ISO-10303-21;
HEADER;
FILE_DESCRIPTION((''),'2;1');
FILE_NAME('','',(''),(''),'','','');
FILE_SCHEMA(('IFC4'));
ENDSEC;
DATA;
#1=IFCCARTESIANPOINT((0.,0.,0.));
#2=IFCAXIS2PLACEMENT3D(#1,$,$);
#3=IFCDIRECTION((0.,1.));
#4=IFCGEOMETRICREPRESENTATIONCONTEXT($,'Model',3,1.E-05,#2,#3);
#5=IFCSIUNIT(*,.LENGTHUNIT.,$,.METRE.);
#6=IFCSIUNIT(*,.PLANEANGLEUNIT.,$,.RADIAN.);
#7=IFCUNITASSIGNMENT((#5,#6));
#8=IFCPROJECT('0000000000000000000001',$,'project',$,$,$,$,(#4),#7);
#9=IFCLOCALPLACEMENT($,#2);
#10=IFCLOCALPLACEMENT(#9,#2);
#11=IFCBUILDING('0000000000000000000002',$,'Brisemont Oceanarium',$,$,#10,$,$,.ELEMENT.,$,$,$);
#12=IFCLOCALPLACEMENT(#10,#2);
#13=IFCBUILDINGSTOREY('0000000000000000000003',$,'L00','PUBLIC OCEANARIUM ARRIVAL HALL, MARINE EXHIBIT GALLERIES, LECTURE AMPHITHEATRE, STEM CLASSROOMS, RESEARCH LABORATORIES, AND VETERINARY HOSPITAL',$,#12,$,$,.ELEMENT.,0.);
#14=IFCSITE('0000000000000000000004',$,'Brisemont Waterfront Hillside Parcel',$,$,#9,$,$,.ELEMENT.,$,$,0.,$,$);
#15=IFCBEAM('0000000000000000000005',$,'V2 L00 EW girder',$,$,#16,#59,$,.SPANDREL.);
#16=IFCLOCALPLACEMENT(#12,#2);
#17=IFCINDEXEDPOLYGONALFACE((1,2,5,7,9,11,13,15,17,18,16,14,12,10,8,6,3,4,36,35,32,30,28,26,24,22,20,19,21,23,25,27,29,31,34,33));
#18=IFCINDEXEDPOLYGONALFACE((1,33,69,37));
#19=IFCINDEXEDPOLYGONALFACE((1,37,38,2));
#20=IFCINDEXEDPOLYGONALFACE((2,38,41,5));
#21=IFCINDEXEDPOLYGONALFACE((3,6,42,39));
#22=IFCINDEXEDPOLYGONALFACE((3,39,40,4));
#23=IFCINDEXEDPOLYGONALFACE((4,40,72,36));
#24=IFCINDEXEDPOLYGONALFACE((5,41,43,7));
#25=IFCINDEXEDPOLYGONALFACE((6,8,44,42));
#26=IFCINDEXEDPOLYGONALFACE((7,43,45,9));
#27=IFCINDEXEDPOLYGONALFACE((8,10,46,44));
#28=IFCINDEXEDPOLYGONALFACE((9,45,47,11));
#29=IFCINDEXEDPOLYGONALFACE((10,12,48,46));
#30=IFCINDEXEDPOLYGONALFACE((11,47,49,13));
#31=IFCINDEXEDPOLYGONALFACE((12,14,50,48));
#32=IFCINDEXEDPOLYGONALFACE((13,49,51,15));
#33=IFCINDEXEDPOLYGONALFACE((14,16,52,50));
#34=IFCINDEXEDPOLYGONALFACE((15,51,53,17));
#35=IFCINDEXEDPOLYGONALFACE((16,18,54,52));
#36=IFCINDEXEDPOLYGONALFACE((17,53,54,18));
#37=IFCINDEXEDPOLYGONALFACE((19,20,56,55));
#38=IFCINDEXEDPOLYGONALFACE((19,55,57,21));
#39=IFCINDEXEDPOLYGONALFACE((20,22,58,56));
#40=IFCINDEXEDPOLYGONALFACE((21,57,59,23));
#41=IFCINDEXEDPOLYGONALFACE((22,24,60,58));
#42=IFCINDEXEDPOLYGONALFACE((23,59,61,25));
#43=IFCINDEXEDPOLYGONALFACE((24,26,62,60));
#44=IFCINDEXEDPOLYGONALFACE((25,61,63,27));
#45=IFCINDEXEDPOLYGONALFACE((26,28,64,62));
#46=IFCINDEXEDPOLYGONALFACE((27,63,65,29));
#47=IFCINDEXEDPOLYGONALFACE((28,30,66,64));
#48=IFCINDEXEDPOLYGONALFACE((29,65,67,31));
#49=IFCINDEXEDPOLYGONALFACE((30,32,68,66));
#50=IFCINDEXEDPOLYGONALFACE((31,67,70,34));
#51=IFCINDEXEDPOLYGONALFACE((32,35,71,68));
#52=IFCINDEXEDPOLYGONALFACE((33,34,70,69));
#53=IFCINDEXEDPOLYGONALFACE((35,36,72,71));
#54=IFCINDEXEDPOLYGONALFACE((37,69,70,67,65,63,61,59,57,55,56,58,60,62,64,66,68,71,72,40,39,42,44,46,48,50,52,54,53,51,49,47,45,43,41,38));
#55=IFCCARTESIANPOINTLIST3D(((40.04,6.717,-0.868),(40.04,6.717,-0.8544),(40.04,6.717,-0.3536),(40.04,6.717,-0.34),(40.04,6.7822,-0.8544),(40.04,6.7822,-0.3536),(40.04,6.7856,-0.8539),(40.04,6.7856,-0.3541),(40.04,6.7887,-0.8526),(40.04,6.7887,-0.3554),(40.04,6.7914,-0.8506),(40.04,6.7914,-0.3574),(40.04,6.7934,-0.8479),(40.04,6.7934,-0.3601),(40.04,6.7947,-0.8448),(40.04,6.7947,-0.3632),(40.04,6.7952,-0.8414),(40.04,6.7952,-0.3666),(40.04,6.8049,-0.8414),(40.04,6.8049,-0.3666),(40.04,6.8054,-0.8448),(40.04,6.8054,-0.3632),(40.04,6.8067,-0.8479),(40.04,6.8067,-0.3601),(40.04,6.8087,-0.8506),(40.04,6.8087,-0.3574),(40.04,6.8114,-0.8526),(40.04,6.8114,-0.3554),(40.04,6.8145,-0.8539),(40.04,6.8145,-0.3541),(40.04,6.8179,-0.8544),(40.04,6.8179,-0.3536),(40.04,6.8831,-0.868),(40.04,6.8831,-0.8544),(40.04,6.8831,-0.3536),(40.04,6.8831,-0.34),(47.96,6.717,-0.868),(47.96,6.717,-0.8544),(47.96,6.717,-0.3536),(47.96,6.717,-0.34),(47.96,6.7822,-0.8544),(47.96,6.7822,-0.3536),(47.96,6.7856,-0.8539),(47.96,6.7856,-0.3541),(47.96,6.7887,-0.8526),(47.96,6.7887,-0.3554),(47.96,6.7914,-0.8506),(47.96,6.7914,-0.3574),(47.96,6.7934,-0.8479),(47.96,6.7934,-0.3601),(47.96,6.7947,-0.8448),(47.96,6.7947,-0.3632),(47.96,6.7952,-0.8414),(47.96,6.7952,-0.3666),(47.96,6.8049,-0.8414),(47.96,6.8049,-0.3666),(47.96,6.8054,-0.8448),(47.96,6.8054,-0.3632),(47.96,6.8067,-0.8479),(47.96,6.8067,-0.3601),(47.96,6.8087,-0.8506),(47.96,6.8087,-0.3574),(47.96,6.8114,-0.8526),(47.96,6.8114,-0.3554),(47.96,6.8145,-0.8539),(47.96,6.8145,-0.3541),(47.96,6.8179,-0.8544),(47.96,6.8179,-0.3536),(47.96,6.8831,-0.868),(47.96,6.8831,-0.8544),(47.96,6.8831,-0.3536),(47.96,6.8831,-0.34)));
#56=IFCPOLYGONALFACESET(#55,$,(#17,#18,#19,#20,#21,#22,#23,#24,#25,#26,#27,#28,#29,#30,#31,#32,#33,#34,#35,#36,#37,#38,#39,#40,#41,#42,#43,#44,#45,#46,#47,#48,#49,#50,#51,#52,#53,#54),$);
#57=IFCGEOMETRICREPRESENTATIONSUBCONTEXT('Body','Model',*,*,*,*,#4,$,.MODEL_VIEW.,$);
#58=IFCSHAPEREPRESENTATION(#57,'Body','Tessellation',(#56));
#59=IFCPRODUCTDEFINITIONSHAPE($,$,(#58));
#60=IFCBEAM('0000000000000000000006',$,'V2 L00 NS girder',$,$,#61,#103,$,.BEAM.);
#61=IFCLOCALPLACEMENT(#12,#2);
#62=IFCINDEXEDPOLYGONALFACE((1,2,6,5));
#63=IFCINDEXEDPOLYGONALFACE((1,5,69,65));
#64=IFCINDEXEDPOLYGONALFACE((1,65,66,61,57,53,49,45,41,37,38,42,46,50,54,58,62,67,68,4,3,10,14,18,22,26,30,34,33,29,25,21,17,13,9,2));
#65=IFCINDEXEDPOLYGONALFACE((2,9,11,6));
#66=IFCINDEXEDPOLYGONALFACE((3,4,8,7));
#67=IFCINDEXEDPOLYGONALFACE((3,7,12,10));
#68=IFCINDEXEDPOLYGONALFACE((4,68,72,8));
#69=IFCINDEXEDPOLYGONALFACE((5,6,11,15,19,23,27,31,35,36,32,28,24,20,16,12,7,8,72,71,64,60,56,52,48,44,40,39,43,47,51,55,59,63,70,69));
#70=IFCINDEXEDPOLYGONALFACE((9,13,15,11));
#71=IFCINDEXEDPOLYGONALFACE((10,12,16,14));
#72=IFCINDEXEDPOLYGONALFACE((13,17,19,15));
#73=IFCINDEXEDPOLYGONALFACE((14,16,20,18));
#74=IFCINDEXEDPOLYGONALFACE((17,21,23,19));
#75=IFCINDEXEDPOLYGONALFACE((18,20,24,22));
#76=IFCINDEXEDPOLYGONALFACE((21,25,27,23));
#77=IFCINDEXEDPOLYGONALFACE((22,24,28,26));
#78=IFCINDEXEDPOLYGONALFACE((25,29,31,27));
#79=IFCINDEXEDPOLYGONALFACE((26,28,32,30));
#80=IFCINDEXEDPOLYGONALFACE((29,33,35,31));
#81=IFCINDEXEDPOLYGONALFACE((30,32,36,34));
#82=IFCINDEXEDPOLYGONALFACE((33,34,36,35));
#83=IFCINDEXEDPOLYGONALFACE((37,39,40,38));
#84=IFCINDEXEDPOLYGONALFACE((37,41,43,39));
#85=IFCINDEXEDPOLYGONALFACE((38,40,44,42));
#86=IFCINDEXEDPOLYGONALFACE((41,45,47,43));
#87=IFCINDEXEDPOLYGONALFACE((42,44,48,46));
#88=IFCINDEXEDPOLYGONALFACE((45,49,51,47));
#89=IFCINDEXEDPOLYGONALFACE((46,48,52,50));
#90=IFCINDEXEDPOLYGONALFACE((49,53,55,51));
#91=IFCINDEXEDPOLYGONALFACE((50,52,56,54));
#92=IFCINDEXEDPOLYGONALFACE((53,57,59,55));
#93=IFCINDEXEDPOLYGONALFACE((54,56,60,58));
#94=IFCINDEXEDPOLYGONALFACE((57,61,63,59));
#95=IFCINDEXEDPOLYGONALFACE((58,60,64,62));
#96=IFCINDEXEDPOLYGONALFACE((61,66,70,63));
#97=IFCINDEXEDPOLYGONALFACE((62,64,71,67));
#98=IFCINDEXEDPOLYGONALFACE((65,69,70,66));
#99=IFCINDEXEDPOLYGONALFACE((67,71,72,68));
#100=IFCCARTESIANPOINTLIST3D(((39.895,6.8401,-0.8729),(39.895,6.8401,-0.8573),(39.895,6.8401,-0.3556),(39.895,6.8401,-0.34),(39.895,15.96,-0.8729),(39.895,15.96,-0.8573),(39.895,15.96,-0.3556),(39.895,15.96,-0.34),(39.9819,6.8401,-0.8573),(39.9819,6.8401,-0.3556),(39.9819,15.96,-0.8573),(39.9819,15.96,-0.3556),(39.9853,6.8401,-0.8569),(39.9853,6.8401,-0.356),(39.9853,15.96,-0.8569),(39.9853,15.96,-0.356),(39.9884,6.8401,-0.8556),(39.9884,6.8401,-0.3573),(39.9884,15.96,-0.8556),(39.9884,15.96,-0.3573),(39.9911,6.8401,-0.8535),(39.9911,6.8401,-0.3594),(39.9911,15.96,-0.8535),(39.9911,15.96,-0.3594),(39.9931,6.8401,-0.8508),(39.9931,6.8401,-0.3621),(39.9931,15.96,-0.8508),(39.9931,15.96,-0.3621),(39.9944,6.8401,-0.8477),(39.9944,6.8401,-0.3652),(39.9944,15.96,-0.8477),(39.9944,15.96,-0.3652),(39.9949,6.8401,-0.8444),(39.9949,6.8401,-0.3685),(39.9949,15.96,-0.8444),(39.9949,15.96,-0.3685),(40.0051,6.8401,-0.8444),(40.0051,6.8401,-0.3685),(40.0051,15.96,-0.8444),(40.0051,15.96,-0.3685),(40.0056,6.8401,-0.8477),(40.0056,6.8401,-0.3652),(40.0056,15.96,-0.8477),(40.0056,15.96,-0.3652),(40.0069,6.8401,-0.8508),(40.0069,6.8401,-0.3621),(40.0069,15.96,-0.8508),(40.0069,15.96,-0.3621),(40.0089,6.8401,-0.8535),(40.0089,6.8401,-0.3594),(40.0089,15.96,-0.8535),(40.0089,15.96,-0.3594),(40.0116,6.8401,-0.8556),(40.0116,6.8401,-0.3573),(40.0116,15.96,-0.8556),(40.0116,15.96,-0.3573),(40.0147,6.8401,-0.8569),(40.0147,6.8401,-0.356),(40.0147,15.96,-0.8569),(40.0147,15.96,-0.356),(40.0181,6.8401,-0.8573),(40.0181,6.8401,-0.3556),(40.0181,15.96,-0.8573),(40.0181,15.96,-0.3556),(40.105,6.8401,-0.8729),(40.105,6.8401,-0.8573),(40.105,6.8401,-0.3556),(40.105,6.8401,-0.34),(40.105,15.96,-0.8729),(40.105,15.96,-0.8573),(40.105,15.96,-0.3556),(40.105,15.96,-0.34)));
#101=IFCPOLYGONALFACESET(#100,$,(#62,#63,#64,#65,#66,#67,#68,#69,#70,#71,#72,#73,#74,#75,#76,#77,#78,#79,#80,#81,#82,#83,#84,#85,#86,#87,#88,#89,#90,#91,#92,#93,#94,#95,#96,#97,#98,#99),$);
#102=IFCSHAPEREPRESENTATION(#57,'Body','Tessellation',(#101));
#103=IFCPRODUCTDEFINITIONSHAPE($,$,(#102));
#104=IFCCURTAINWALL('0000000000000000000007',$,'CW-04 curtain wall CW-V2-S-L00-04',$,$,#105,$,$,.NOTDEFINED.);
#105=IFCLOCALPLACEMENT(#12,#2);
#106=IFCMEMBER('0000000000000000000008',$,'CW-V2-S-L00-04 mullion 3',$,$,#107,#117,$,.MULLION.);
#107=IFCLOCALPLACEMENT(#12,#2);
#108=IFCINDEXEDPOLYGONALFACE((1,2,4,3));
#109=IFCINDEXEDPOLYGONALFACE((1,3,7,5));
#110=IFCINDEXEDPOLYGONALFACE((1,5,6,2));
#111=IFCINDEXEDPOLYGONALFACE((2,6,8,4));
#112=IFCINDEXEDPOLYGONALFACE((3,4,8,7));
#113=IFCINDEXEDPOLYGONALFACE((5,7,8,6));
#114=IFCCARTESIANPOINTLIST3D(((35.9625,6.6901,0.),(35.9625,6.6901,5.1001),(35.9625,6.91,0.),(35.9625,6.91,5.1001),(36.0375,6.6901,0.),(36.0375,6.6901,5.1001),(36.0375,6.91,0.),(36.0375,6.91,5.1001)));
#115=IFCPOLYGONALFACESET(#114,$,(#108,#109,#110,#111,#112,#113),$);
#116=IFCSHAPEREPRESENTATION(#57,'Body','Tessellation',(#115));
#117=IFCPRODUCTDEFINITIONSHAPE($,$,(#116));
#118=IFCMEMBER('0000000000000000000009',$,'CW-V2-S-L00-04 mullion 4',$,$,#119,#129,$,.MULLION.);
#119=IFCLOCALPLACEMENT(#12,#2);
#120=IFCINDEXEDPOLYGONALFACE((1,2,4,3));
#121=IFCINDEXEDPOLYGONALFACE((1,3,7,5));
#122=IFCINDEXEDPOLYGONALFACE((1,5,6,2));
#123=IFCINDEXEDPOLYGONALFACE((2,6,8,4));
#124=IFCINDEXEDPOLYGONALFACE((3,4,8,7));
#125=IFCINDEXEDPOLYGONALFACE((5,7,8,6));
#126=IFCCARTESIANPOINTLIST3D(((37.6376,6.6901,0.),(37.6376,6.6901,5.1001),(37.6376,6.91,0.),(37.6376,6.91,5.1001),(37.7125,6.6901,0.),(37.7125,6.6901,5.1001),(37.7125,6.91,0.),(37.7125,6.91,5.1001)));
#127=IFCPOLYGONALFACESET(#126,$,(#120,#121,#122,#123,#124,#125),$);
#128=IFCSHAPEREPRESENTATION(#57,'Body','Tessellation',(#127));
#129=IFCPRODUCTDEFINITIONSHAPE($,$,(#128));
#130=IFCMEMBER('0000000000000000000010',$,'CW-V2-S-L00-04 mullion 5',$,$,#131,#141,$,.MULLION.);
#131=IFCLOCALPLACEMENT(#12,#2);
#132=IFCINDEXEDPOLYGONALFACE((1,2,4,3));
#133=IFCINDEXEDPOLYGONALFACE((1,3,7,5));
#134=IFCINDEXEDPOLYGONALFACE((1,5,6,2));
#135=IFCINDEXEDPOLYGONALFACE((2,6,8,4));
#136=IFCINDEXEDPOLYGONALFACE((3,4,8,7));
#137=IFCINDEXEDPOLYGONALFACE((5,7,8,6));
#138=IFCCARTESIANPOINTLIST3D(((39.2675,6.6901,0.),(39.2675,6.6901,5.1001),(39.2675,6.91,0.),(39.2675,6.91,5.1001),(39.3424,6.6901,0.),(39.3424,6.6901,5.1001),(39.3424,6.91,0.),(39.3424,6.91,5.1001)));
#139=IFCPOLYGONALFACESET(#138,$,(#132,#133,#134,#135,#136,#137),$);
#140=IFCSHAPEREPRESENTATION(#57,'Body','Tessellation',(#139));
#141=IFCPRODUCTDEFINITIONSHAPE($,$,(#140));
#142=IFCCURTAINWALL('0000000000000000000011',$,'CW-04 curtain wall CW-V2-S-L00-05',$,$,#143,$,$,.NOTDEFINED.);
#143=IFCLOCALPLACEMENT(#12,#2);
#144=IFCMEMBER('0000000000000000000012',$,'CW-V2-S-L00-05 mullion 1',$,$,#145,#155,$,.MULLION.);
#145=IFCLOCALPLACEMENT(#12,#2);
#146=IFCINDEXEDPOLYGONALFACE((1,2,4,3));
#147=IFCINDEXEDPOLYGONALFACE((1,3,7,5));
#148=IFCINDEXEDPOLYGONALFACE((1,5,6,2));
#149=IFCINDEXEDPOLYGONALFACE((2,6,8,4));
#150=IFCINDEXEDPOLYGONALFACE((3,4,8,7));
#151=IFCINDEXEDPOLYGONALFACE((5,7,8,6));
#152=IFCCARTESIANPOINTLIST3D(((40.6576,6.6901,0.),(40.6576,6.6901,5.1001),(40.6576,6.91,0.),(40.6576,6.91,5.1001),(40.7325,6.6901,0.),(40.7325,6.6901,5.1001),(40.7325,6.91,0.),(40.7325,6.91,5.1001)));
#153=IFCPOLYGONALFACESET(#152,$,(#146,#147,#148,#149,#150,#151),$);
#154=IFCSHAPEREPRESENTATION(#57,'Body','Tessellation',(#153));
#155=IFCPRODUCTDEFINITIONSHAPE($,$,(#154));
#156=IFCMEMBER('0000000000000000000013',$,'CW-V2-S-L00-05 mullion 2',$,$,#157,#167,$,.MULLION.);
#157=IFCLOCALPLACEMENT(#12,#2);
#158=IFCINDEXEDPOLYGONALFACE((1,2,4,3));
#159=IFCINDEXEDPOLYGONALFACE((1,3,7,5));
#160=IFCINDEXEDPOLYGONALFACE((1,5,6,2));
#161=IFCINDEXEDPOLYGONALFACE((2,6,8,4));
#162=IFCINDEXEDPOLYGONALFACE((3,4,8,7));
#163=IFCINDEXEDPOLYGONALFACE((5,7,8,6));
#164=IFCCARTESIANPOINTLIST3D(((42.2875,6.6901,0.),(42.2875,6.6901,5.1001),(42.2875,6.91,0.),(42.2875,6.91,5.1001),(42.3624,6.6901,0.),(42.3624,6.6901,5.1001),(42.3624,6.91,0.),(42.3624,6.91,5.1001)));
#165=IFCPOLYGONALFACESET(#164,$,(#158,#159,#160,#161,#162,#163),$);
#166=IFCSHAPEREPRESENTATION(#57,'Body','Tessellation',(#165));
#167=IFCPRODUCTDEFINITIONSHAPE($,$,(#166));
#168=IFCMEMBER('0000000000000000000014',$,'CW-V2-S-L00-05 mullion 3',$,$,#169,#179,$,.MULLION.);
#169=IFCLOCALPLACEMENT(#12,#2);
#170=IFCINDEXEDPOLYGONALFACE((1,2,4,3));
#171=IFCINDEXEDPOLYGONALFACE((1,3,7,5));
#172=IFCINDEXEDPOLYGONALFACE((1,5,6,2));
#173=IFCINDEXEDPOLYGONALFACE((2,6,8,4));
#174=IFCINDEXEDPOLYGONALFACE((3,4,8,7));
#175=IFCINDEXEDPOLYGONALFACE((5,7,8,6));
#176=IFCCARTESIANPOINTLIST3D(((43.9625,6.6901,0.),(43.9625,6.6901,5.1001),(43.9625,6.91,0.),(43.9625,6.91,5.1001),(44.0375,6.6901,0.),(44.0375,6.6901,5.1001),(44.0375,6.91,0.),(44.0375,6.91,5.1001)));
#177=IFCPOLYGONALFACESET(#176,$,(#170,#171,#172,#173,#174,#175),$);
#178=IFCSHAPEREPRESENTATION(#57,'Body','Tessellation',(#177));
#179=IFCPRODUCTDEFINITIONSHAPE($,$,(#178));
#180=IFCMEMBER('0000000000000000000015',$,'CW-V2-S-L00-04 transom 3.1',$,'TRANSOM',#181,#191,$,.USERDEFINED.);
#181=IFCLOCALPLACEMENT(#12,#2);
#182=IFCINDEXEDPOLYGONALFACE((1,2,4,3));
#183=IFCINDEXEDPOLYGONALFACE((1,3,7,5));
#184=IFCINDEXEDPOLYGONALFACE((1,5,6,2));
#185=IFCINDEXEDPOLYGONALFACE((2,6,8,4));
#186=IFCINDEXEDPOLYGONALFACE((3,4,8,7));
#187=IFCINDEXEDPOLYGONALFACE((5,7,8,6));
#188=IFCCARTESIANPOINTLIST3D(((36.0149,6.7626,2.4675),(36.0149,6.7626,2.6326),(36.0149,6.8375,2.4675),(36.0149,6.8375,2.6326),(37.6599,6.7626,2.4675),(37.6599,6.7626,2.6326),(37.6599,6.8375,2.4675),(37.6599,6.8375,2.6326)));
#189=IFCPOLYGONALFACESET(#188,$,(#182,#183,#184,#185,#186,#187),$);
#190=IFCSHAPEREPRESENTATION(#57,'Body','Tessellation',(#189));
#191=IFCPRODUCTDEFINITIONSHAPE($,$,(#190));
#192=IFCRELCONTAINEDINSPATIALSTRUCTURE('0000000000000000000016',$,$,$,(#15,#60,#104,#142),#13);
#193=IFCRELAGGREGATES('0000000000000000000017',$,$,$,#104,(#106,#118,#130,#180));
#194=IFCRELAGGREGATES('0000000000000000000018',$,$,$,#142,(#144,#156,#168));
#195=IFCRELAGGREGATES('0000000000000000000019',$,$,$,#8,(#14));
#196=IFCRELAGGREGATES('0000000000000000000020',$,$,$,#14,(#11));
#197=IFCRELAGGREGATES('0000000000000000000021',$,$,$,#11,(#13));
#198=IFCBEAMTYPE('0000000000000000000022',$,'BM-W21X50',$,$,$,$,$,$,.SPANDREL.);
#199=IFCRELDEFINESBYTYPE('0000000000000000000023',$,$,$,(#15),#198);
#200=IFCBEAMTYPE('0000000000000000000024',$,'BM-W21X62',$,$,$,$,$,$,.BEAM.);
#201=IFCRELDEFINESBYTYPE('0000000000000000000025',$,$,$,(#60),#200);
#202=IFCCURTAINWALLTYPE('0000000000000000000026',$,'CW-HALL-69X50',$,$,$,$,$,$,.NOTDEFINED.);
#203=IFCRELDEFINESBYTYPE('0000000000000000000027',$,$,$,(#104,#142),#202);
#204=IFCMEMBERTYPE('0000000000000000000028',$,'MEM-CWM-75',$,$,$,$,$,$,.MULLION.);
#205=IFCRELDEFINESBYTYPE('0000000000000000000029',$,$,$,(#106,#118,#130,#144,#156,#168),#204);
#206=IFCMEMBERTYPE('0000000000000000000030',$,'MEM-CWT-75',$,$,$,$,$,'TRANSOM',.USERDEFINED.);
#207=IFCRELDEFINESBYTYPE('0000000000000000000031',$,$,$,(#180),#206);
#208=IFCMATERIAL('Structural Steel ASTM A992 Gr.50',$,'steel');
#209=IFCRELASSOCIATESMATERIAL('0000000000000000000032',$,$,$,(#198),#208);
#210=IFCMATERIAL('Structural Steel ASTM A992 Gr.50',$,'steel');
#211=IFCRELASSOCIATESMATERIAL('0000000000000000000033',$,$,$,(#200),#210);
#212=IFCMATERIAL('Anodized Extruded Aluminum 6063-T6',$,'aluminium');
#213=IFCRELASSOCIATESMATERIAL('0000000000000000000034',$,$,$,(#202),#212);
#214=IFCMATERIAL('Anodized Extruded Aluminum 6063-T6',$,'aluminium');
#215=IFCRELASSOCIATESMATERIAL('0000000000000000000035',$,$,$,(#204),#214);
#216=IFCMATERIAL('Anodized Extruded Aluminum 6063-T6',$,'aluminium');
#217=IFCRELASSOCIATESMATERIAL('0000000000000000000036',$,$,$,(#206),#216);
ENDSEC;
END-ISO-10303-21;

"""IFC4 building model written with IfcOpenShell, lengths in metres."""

from ifc_helpers import new_model, si_unit, direction, frame, origin, origin_2d, place, context, subcontext, project, spatial, rectangle, i_section, extrude, material, material_profile, profile_set, type_object, element, aggregate, save


model = new_model("IFC4")

# Units and contexts
model_context = context("Model", 3, precision=1e-05, world=origin(), true_north=direction((0.0, 1.0)))
body_context = subcontext(model_context, "Body", "Model", "MODEL_VIEW")
ifc_project = project(units=[si_unit("LENGTHUNIT", "METRE"), si_unit("PLANEANGLEUNIT", "RADIAN")], contexts=[model_context])

# Site, building, storey
site_placement = place(None, origin())
site = spatial("IfcSite", under=ifc_project, at=site_placement, Name="Brisemont Waterfront Hillside Parcel", CompositionType="ELEMENT", RefElevation=0.0)
building_placement = place(site_placement, origin())
building = spatial("IfcBuilding", under=site, at=building_placement, Name="Brisemont Oceanarium", CompositionType="ELEMENT")
storey_placement = place(building_placement, origin())
storey = spatial("IfcBuildingStorey", under=building, at=storey_placement, Name="L00", Description="PUBLIC OCEANARIUM ARRIVAL HALL, MARINE EXHIBIT GALLERIES, LECTURE AMPHITHEATRE, STEM CLASSROOMS, RESEARCH LABORATORIES, AND VETERINARY HOSPITAL", CompositionType="ELEMENT", Elevation=0.0)

# Beams
ifc_material_1 = material(Name="Structural Steel ASTM A992 Gr.50", Category="steel")
ifc_material_profile_1 = material_profile(ifc_material_1, i_section(OverallWidth=0.166, OverallDepth=0.5281, WebThickness=0.0098, FlangeThickness=0.0137, FilletRadius=0.0129, at=origin_2d()), Name="W21X50")
ifc_profile_set_1 = profile_set([ifc_material_profile_1], Name="Structural Steel ASTM A992 Gr.50")
beam_type_1 = type_object("IfcBeamType", Name="BM-W21X50", PredefinedType="SPANDREL", material=ifc_profile_set_1)
beam_1_placement = place(storey_placement, frame((40.04, 6.8, -0.604), z_axis=(1.0, 0.0, 0.0), x_axis=(0.0, 1.0, 0.0)))
element("IfcBeam", 1, at=beam_1_placement, inside=storey, type_object=beam_type_1, Name="V2 L00 EW girder", PredefinedType="SPANDREL", context=body_context, shape_type="SweptSolid", body=[
    extrude(i_section(OverallWidth=0.166, OverallDepth=0.5281, WebThickness=0.0098, FlangeThickness=0.0137, FilletRadius=0.0129, at=origin_2d()), origin(), (0.0, 0.0, 1.0), 7.9199),
])
ifc_material_2 = material(Name="Structural Steel ASTM A992 Gr.50", Category="steel")
ifc_material_profile_2 = material_profile(ifc_material_2, i_section(OverallWidth=0.21, OverallDepth=0.533, WebThickness=0.0103, FlangeThickness=0.0156, FilletRadius=0.0129, at=origin_2d()), Name="W21X62")
ifc_profile_set_2 = profile_set([ifc_material_profile_2], Name="Structural Steel ASTM A992 Gr.50")
beam_type_2 = type_object("IfcBeamType", Name="BM-W21X62", PredefinedType="BEAM", material=ifc_profile_set_2)
beam_2_placement = place(storey_placement, frame((40.0, 6.8401, -0.6064), z_axis=(0.0, 1.0, 0.0), x_axis=(-1.0, 0.0, 0.0)))
element("IfcBeam", 2, at=beam_2_placement, inside=storey, type_object=beam_type_2, Name="V2 L00 NS girder", PredefinedType="BEAM", context=body_context, shape_type="SweptSolid", body=[
    extrude(i_section(OverallWidth=0.21, OverallDepth=0.533, WebThickness=0.0103, FlangeThickness=0.0156, FilletRadius=0.0129, at=origin_2d()), origin(), (0.0, 0.0, 1.0), 9.1199),
])

# Curtain walls, members
ifc_material_3 = material(Name="Anodized Extruded Aluminum 6063-T6", Category="aluminium")
curtain_wall_type = type_object("IfcCurtainWallType", Name="CW-HALL-69X50", PredefinedType="NOTDEFINED", material=ifc_material_3)
curtain_wall_1_placement = place(storey_placement, origin())
curtain_wall_1 = element("IfcCurtainWall", 3, at=curtain_wall_1_placement, inside=storey, type_object=curtain_wall_type, Name="CW-04 curtain wall CW-V2-S-L00-04", PredefinedType="NOTDEFINED")
ifc_material_4 = material(Name="Anodized Extruded Aluminum 6063-T6", Category="aluminium")
ifc_material_profile_3 = material_profile(ifc_material_4, rectangle(XDim=0.075, YDim=0.22, at=origin_2d()), Name="CWM-75X220")
ifc_profile_set_3 = profile_set([ifc_material_profile_3], Name="Anodized Extruded Aluminum 6063-T6")
member_type_1 = type_object("IfcMemberType", Name="MEM-CWM-75", PredefinedType="MULLION", material=ifc_profile_set_3)
member_1_placement = place(storey_placement, frame((36.0, 6.8, 0.0), z_axis=(0.0, 0.0, 1.0), x_axis=(1.0, 0.0, 0.0)))
member_1 = element("IfcMember", 4, at=member_1_placement, type_object=member_type_1, Name="CW-V2-S-L00-04 mullion 3", PredefinedType="MULLION", context=body_context, shape_type="SweptSolid", body=[
    extrude(rectangle(XDim=0.075, YDim=0.22, at=origin_2d()), origin(), (0.0, 0.0, 1.0), 5.1001),
])
member_2_placement = place(storey_placement, frame((37.675, 6.8, 0.0), z_axis=(0.0, 0.0, 1.0), x_axis=(1.0, 0.0, 0.0)))
member_2 = element("IfcMember", 5, at=member_2_placement, type_object=member_type_1, Name="CW-V2-S-L00-04 mullion 4", PredefinedType="MULLION", context=body_context, shape_type="SweptSolid", body=[
    extrude(rectangle(XDim=0.075, YDim=0.22, at=origin_2d()), origin(), (0.0, 0.0, 1.0), 5.1001),
])
member_3_placement = place(storey_placement, frame((39.3049, 6.8, 0.0), z_axis=(0.0, 0.0, 1.0), x_axis=(1.0, 0.0, 0.0)))
member_3 = element("IfcMember", 6, at=member_3_placement, type_object=member_type_1, Name="CW-V2-S-L00-04 mullion 5", PredefinedType="MULLION", context=body_context, shape_type="SweptSolid", body=[
    extrude(rectangle(XDim=0.075, YDim=0.22, at=origin_2d()), origin(), (0.0, 0.0, 1.0), 5.1001),
])
curtain_wall_2_placement = place(storey_placement, origin())
curtain_wall_2 = element("IfcCurtainWall", 7, at=curtain_wall_2_placement, inside=storey, type_object=curtain_wall_type, Name="CW-04 curtain wall CW-V2-S-L00-05", PredefinedType="NOTDEFINED")
member_4_placement = place(storey_placement, frame((40.6951, 6.8, 0.0), z_axis=(0.0, 0.0, 1.0), x_axis=(1.0, 0.0, 0.0)))
member_4 = element("IfcMember", 8, at=member_4_placement, type_object=member_type_1, Name="CW-V2-S-L00-05 mullion 1", PredefinedType="MULLION", context=body_context, shape_type="SweptSolid", body=[
    extrude(rectangle(XDim=0.075, YDim=0.22, at=origin_2d()), origin(), (0.0, 0.0, 1.0), 5.1001),
])
member_5_placement = place(storey_placement, frame((42.325, 6.8, 0.0), z_axis=(0.0, 0.0, 1.0), x_axis=(1.0, 0.0, 0.0)))
member_5 = element("IfcMember", 9, at=member_5_placement, type_object=member_type_1, Name="CW-V2-S-L00-05 mullion 2", PredefinedType="MULLION", context=body_context, shape_type="SweptSolid", body=[
    extrude(rectangle(XDim=0.075, YDim=0.22, at=origin_2d()), origin(), (0.0, 0.0, 1.0), 5.1001),
])
member_6_placement = place(storey_placement, frame((44.0, 6.8, 0.0), z_axis=(0.0, 0.0, 1.0), x_axis=(1.0, 0.0, 0.0)))
member_6 = element("IfcMember", 10, at=member_6_placement, type_object=member_type_1, Name="CW-V2-S-L00-05 mullion 3", PredefinedType="MULLION", context=body_context, shape_type="SweptSolid", body=[
    extrude(rectangle(XDim=0.075, YDim=0.22, at=origin_2d()), origin(), (0.0, 0.0, 1.0), 5.1001),
])

# Member
ifc_material_5 = material(Name="Anodized Extruded Aluminum 6063-T6", Category="aluminium")
ifc_material_profile_4 = material_profile(ifc_material_5, rectangle(XDim=0.075, YDim=0.165, at=origin_2d()), Name="CWT-75X165")
ifc_profile_set_4 = profile_set([ifc_material_profile_4], Name="Anodized Extruded Aluminum 6063-T6")
member_type_2 = type_object("IfcMemberType", Name="MEM-CWT-75", ElementType="TRANSOM", PredefinedType="USERDEFINED", material=ifc_profile_set_4)
member_7_placement = place(storey_placement, frame((36.0149, 6.8, 2.55), z_axis=(1.0, 0.0, 0.0), x_axis=(0.0, 1.0, 0.0)))
member_7 = element("IfcMember", 11, at=member_7_placement, type_object=member_type_2, Name="CW-V2-S-L00-04 transom 3.1", ObjectType="TRANSOM", PredefinedType="USERDEFINED", context=body_context, shape_type="SweptSolid", body=[
    extrude(rectangle(XDim=0.075, YDim=0.165, at=origin_2d()), origin(), (0.0, 0.0, 1.0), 1.645),
])

aggregate(curtain_wall_1, [member_1, member_2, member_3, member_7])
aggregate(curtain_wall_2, [member_4, member_5, member_6])

save(model, "model.ifc")
